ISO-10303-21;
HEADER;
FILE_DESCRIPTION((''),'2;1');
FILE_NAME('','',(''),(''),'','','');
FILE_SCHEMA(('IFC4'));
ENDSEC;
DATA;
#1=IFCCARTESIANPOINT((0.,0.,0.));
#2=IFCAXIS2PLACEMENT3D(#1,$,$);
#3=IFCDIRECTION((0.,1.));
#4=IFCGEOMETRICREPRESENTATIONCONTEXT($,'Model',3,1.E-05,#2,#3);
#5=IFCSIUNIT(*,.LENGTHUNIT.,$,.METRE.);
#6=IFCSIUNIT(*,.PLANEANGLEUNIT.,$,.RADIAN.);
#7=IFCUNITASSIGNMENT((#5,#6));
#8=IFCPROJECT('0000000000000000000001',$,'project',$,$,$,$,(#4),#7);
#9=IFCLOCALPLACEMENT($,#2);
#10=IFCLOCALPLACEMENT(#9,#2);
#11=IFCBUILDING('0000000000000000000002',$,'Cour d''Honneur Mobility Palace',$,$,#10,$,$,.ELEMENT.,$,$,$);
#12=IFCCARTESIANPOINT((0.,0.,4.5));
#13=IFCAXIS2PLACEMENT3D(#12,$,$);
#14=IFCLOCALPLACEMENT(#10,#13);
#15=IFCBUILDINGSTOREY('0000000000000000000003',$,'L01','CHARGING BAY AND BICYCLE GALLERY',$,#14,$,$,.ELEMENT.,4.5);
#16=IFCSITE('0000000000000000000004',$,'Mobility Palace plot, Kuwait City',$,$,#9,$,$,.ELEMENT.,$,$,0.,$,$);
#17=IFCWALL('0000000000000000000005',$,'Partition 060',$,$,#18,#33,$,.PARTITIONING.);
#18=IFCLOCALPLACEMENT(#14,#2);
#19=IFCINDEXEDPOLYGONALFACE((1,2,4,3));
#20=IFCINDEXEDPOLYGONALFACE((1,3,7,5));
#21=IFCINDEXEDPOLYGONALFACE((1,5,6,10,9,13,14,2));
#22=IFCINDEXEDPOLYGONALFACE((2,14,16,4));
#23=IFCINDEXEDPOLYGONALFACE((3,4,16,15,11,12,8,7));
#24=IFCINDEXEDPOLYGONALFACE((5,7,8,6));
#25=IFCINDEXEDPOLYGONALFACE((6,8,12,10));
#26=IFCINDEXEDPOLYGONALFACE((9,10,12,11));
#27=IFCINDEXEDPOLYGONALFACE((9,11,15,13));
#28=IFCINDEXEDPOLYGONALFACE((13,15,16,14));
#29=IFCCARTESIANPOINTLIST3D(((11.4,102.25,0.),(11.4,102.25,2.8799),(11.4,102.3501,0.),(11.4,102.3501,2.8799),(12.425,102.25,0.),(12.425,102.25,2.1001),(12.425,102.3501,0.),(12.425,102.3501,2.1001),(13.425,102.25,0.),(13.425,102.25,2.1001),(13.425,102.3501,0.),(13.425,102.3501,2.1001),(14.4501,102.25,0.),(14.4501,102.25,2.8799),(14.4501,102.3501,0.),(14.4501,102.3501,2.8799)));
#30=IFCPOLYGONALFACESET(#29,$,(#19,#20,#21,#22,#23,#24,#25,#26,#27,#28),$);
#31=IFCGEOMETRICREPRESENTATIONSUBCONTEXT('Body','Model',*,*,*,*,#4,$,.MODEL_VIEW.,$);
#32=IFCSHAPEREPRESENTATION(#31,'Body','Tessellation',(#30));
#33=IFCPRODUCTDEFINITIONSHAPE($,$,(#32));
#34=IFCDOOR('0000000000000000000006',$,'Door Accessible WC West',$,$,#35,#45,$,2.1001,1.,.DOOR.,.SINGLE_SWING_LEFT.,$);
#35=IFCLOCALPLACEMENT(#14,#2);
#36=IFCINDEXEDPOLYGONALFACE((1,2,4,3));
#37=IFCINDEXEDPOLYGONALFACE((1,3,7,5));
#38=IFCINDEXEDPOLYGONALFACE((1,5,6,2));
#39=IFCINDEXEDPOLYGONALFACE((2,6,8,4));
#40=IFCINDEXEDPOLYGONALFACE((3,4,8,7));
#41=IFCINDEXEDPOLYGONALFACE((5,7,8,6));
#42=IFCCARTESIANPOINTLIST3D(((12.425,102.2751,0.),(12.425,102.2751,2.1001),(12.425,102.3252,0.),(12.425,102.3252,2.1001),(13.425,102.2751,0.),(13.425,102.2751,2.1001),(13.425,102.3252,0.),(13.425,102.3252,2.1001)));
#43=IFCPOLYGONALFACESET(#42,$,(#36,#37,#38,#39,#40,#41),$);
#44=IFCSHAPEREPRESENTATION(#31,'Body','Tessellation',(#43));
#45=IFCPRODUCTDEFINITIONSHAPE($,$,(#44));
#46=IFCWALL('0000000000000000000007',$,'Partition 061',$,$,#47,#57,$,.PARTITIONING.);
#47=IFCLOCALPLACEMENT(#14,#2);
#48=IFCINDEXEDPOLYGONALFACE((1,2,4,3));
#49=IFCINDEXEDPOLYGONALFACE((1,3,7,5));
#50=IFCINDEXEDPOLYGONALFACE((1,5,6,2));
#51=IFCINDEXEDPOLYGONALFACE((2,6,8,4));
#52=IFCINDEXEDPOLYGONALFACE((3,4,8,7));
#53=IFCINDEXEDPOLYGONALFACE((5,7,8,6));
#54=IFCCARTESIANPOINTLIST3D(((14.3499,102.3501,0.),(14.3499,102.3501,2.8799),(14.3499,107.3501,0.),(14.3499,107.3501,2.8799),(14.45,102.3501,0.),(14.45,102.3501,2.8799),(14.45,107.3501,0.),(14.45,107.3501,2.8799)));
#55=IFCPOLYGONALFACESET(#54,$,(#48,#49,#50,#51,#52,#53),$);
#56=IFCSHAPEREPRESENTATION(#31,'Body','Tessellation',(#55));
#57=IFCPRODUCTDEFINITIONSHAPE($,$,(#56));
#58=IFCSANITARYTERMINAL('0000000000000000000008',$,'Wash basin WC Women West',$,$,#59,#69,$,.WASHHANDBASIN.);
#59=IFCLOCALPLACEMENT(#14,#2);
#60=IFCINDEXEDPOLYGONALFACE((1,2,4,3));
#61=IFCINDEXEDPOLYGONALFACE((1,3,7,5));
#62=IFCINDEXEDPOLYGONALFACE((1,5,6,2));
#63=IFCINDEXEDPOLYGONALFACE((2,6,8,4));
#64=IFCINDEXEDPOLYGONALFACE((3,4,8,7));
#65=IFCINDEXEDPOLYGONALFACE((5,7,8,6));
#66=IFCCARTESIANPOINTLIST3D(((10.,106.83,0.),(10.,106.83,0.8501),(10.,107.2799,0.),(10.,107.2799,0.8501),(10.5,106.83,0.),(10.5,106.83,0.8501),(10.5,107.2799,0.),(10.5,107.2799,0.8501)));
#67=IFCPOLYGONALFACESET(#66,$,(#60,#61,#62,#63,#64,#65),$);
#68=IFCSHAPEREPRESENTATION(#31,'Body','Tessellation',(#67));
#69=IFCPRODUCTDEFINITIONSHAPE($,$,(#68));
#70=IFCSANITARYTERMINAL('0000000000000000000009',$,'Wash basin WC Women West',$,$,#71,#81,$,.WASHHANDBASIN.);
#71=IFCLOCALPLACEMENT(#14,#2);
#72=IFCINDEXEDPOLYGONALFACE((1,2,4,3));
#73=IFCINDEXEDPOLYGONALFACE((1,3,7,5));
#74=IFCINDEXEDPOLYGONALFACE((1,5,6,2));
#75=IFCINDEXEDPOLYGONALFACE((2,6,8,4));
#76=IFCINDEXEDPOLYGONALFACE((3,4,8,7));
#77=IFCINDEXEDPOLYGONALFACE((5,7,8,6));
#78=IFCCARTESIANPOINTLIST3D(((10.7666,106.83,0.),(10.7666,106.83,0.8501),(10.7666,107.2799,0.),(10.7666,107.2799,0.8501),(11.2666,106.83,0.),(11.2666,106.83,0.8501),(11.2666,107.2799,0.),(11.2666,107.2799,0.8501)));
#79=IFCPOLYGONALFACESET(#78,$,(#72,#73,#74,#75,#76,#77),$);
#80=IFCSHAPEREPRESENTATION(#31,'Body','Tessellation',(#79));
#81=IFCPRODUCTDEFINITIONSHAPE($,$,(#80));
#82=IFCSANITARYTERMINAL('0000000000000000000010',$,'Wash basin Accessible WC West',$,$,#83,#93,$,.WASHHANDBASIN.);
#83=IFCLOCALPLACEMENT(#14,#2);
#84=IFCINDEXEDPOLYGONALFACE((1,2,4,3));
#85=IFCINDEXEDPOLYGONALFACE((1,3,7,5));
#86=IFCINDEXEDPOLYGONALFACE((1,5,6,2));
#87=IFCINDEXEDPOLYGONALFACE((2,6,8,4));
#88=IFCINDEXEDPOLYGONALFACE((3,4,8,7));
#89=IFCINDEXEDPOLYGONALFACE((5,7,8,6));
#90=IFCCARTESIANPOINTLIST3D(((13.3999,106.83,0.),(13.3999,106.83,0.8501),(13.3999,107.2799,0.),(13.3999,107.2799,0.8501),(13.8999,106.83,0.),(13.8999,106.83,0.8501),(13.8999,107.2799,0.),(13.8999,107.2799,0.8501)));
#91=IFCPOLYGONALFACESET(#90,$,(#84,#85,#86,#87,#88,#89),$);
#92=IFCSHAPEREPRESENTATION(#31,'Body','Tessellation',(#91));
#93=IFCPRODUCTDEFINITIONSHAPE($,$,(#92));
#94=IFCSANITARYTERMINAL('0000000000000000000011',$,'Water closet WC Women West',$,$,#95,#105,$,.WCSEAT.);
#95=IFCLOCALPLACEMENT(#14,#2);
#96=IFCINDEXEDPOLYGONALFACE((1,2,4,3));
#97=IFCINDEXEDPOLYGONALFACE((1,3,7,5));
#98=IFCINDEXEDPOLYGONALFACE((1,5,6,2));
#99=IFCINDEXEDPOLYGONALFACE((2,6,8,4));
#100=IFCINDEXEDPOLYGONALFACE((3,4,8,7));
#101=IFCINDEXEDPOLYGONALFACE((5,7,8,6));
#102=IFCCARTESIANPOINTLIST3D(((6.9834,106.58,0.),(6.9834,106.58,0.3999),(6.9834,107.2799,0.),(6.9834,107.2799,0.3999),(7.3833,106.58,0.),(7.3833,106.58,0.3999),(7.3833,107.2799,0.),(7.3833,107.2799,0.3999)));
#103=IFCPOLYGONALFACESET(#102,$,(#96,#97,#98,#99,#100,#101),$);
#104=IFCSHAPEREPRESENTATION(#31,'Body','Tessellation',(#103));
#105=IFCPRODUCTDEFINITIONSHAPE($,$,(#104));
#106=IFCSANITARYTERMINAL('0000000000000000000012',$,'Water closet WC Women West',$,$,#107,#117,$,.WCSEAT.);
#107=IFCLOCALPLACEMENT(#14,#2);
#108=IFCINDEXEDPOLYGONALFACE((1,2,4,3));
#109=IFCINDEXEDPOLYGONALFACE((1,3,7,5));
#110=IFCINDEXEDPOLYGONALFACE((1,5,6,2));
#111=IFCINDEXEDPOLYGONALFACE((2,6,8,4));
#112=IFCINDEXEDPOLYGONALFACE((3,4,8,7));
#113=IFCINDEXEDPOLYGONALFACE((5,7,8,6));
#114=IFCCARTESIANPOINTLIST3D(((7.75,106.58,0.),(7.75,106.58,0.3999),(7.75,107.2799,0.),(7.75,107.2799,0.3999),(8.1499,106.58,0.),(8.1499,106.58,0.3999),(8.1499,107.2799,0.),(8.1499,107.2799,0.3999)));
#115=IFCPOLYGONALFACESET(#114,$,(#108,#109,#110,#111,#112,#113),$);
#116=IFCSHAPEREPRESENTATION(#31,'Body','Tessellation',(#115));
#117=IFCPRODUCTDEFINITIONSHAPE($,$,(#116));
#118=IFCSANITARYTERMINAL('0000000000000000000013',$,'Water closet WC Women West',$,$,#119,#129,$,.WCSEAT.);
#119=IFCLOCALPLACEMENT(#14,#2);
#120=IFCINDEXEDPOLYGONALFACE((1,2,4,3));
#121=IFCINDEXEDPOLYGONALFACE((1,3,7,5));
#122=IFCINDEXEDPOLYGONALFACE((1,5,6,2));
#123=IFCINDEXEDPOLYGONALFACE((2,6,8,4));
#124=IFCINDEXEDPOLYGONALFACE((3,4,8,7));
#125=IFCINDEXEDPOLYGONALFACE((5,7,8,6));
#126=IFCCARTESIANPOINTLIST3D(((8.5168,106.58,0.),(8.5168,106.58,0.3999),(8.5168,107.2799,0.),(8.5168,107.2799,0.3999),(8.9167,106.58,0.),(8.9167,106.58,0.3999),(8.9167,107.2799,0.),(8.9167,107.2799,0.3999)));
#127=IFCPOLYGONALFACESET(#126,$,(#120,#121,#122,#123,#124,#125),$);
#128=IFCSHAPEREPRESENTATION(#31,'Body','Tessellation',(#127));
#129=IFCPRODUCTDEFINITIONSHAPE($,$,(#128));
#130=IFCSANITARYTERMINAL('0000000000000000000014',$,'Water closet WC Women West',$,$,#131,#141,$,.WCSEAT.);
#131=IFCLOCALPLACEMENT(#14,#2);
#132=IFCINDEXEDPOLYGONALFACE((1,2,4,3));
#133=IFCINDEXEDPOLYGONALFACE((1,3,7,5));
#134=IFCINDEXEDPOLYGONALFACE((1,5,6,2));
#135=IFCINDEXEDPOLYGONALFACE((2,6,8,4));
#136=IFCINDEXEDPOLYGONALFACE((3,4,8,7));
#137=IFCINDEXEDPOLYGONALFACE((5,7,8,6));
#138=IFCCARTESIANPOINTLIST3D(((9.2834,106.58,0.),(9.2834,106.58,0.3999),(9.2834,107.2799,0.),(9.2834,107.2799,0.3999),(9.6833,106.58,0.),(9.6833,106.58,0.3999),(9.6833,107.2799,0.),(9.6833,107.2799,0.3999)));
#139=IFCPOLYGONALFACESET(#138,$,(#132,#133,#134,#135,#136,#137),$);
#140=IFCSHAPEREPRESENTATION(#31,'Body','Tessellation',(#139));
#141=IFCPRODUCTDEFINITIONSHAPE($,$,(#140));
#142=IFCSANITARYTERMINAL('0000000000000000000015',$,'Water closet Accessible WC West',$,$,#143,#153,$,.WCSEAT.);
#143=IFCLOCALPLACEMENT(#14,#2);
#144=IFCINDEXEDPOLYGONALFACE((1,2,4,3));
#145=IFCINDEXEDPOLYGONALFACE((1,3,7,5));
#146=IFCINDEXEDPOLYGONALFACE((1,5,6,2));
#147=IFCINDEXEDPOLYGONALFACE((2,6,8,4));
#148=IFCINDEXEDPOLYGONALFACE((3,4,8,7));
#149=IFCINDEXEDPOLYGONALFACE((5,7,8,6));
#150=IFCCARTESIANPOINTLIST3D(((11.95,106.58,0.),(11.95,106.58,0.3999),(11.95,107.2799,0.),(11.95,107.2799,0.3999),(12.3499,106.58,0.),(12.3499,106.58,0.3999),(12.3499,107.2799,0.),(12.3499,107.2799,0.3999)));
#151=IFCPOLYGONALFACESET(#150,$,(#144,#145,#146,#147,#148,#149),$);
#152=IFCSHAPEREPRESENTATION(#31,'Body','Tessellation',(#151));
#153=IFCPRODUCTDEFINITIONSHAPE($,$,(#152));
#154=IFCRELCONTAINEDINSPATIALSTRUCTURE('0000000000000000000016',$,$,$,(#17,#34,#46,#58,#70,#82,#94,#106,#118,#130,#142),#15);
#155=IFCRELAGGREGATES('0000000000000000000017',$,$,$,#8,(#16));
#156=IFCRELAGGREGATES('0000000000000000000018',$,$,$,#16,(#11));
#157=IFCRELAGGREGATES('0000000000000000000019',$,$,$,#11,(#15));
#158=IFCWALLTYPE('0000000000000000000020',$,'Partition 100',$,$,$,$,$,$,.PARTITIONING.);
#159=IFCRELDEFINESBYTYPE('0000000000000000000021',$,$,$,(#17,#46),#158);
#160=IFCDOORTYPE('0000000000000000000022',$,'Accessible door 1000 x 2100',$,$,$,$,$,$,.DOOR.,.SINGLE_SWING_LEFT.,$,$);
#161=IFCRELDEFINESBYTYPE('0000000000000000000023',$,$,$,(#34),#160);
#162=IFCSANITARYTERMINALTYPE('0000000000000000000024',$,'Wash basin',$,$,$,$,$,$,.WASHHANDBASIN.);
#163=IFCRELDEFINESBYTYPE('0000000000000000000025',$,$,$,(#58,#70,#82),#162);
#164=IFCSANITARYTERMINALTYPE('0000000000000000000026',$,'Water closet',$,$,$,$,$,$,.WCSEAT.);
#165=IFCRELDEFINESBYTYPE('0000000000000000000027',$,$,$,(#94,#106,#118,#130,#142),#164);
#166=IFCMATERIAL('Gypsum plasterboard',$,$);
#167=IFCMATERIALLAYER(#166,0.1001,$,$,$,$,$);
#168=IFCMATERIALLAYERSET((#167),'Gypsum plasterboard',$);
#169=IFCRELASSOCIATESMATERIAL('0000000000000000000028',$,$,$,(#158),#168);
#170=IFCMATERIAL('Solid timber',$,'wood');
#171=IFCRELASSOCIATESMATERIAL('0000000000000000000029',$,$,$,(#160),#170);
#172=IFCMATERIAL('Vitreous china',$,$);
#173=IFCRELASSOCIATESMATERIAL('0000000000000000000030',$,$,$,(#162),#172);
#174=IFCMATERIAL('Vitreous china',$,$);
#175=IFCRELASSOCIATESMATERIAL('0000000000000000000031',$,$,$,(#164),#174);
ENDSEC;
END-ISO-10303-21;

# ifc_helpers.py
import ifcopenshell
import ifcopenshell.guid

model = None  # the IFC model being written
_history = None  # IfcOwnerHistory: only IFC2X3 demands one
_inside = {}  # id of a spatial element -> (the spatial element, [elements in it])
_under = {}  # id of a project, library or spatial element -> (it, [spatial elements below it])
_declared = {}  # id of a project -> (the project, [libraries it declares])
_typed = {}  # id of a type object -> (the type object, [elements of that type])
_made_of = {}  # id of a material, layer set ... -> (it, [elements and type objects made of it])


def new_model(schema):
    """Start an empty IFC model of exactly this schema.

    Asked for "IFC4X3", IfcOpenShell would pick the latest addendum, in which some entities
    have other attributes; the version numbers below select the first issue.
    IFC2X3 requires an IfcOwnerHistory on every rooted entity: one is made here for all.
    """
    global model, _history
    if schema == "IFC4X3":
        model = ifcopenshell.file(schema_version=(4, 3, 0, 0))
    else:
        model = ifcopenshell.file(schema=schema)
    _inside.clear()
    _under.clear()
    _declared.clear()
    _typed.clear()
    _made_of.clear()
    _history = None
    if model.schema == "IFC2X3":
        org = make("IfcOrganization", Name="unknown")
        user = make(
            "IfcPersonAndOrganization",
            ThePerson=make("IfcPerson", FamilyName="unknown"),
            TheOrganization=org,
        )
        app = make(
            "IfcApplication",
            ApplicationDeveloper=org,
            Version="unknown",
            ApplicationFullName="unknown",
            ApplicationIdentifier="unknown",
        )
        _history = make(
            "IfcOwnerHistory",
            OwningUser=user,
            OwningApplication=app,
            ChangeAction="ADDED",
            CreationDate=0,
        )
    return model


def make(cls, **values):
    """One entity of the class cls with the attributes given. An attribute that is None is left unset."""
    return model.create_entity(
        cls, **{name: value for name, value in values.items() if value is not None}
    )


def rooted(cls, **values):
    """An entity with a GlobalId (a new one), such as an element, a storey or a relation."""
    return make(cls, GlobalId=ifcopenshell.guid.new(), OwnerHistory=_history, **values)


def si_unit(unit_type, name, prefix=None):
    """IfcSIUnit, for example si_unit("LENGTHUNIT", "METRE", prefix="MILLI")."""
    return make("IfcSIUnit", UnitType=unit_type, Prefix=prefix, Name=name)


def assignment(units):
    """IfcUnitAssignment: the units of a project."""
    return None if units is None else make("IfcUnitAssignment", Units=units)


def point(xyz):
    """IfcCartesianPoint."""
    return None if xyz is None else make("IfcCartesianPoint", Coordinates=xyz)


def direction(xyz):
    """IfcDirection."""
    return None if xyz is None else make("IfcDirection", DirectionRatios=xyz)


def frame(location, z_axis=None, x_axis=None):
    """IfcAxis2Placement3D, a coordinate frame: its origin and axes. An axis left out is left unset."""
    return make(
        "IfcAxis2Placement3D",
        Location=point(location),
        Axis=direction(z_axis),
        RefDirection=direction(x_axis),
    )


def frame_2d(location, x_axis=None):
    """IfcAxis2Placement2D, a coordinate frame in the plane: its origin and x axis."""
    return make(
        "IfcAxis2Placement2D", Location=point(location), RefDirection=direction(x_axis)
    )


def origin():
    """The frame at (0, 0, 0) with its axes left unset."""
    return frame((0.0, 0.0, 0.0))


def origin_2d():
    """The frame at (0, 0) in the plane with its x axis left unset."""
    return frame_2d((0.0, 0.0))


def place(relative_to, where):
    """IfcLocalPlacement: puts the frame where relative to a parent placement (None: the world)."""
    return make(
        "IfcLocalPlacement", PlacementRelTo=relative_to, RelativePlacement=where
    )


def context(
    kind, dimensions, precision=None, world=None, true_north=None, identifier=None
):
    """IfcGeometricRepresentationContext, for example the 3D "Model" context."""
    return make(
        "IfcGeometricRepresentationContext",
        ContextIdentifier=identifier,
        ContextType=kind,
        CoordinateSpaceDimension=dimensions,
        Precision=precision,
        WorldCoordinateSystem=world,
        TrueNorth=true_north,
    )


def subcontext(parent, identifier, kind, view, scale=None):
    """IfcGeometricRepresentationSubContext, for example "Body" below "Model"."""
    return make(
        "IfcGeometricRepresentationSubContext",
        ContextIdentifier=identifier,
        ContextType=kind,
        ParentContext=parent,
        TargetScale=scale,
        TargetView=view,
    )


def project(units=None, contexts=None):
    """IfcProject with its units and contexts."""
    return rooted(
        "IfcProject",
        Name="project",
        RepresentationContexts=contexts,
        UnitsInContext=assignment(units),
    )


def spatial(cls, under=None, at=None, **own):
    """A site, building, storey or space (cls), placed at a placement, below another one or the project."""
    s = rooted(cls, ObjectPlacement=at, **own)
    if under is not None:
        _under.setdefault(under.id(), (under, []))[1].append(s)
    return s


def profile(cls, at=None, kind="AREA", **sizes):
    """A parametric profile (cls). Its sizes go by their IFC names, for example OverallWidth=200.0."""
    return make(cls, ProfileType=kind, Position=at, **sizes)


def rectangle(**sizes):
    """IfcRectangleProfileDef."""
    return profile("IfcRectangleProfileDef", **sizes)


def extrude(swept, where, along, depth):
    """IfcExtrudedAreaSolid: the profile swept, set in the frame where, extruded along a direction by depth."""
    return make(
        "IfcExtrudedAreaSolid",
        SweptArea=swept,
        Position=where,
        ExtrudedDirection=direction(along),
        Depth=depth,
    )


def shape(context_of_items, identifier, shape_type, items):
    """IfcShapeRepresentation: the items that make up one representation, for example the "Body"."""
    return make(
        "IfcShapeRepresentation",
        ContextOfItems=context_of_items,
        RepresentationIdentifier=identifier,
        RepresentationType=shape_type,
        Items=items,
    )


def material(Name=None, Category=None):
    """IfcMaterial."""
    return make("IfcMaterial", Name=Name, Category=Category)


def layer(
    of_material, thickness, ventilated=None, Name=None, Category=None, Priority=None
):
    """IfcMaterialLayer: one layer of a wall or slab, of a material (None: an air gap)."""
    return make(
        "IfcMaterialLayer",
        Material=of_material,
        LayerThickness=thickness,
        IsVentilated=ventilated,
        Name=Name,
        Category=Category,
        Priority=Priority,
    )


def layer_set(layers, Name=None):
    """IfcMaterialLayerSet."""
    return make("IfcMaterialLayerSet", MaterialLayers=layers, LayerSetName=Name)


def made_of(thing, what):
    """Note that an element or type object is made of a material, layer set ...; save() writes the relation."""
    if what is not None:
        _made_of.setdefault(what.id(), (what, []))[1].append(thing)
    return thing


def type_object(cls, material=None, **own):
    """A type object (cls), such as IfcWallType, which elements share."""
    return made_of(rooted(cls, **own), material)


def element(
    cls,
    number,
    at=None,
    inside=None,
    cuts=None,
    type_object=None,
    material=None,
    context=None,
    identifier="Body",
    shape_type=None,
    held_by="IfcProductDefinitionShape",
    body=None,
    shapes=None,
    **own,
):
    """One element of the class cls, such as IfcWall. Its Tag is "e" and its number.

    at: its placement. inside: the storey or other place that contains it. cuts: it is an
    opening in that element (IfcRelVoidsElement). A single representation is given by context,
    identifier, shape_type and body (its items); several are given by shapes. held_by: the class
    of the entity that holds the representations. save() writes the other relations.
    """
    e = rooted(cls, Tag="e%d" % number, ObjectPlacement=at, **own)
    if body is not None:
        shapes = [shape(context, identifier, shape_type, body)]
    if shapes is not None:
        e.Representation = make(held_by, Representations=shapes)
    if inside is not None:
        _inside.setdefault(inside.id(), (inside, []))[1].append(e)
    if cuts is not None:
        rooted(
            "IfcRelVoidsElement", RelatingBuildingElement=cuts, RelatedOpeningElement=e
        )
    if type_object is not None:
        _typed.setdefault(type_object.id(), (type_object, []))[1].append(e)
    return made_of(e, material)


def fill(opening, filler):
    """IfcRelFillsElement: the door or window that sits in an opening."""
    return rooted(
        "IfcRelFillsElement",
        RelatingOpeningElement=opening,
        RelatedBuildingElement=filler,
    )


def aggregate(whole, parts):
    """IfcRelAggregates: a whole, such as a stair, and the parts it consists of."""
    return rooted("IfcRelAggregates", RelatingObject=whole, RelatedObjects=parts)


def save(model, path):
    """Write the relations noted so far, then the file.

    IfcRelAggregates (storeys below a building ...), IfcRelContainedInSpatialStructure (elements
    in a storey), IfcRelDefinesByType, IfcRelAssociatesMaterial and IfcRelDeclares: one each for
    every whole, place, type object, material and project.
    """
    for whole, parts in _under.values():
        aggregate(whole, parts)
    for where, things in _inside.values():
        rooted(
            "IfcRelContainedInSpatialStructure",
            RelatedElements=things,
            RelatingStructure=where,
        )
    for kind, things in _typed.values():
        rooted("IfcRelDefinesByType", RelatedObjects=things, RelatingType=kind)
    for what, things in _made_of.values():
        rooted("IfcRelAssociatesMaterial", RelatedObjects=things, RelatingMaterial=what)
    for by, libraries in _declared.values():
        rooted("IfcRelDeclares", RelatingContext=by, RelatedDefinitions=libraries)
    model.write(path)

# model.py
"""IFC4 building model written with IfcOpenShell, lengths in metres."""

from ifc_helpers import new_model, si_unit, direction, frame, frame_2d, origin, origin_2d, place, context, subcontext, project, spatial, rectangle, extrude, material, layer, layer_set, type_object, element, fill, save


model = new_model("IFC4")

# Units and contexts
model_context = context("Model", 3, precision=1e-05, world=origin(), true_north=direction((0.0, 1.0)))
body_context = subcontext(model_context, "Body", "Model", "MODEL_VIEW")
ifc_project = project(units=[si_unit("LENGTHUNIT", "METRE"), si_unit("PLANEANGLEUNIT", "RADIAN")], contexts=[model_context])

# Site, building, storey
site_placement = place(None, origin())
site = spatial("IfcSite", under=ifc_project, at=site_placement, Name="Mobility Palace plot, Kuwait City", CompositionType="ELEMENT", RefElevation=0.0)
building_placement = place(site_placement, origin())
building = spatial("IfcBuilding", under=site, at=building_placement, Name="Cour d'Honneur Mobility Palace", CompositionType="ELEMENT")
storey_placement = place(building_placement, frame((0.0, 0.0, 4.5)))
storey = spatial("IfcBuildingStorey", under=building, at=storey_placement, Name="L01", Description="CHARGING BAY AND BICYCLE GALLERY", CompositionType="ELEMENT", Elevation=4.5)

# Shared definitions
ifc_material_1 = material(Name="Gypsum plasterboard")
ifc_layer_1 = layer(ifc_material_1, 0.1001)
ifc_layer_set_1 = layer_set([ifc_layer_1], Name="Gypsum plasterboard")
wall_type = type_object("IfcWallType", Name="Partition 100", PredefinedType="PARTITIONING", material=ifc_layer_set_1)

# Wall, opening, door
wall_1_placement = place(storey_placement, frame((14.45, 102.3, 0.0), z_axis=(0.0, 0.0, 1.0), x_axis=(-1.0, 0.0, 0.0)))
wall_1 = element("IfcWall", 1, at=wall_1_placement, inside=storey, type_object=wall_type, Name="Partition 060", PredefinedType="PARTITIONING", context=body_context, shape_type="SweptSolid", body=[
    extrude(rectangle(XDim=3.05, YDim=0.1001, at=frame_2d((1.5249, 0.0))), origin(), (0.0, 0.0, 1.0), 2.8799),
])
opening_1_placement = place(wall_1_placement, frame((1.0249, 0.0, 0.0)))
opening_1 = element("IfcOpeningElement", 2, at=opening_1_placement, cuts=wall_1, PredefinedType="OPENING", context=body_context, shape_type="SweptSolid", body=[
    extrude(rectangle(XDim=1.0, YDim=2.1001, at=frame_2d((0.5, 1.05))), frame((0.0, 0.0601, 0.0), z_axis=(0.0, -1.0, 0.0), x_axis=(1.0, 0.0, 0.0)), (0.0, 0.0, 1.0), 0.1201),
])
ifc_material_2 = material(Name="Solid timber", Category="wood")
door_type_1 = type_object("IfcDoorType", Name="Accessible door 1000 x 2100", OperationType="SINGLE_SWING_LEFT", PredefinedType="DOOR", material=ifc_material_2)
door_1_placement = place(opening_1_placement, origin())
door_1 = element("IfcDoor", 3, at=door_1_placement, inside=storey, type_object=door_type_1, Name="Door Accessible WC West", OperationType="SINGLE_SWING_LEFT", OverallHeight=2.1001, OverallWidth=1.0, PredefinedType="DOOR", context=body_context, shape_type="SweptSolid", body=[
    extrude(rectangle(XDim=1.0, YDim=2.1001, at=frame_2d((0.5, 1.05))), frame((0.0, 0.0249, 0.0), z_axis=(0.0, -1.0, 0.0), x_axis=(1.0, 0.0, 0.0)), (0.0, 0.0, 1.0), 0.05),
])
fill(opening_1, door_1)

# Wall
wall_2_placement = place(storey_placement, frame((14.3999, 102.3501, 0.0), z_axis=(0.0, 0.0, 1.0), x_axis=(0.0, 1.0, 0.0)))
element("IfcWall", 4, at=wall_2_placement, inside=storey, type_object=wall_type, Name="Partition 061", PredefinedType="PARTITIONING", context=body_context, shape_type="SweptSolid", body=[
    extrude(rectangle(XDim=5.0, YDim=0.1001, at=frame_2d((2.5, 0.0))), origin(), (0.0, 0.0, 1.0), 2.8799),
])

# Sanitary terminals
ifc_material_3 = material(Name="Vitreous china")
sanitary_terminal_type_1 = type_object("IfcSanitaryTerminalType", Name="Wash basin", PredefinedType="WASHHANDBASIN", material=ifc_material_3)
for number, where, z_axis, x_axis, name in (
    (5, (10.25, 107.0549, 0.0), (0.0, 0.0, 1.0), (1.0, 0.0, 0.0), "Wash basin WC Women West"),
    (6, (11.0166, 107.0549, 0.0), (0.0, 0.0, 1.0), (1.0, 0.0, 0.0), "Wash basin WC Women West"),
    (7, (13.6499, 107.0549, 0.0), (0.0, 0.0, 1.0), (1.0, 0.0, 0.0), "Wash basin Accessible WC West"),
):
    element("IfcSanitaryTerminal", number, at=place(storey_placement, frame(where, z_axis=z_axis, x_axis=x_axis)), inside=storey, type_object=sanitary_terminal_type_1, Name=name, PredefinedType="WASHHANDBASIN", context=body_context, shape_type="SweptSolid", body=[
        extrude(rectangle(XDim=0.5, YDim=0.45, at=origin_2d()), origin(), (0.0, 0.0, 1.0), 0.8501),
    ])
ifc_material_4 = material(Name="Vitreous china")
sanitary_terminal_type_2 = type_object("IfcSanitaryTerminalType", Name="Water closet", PredefinedType="WCSEAT", material=ifc_material_4)
for number, where, z_axis, x_axis, name in (
    (8, (7.1833, 106.9299, 0.0), (0.0, 0.0, 1.0), (1.0, 0.0, 0.0), "Water closet WC Women West"),
    (9, (7.95, 106.9299, 0.0), (0.0, 0.0, 1.0), (1.0, 0.0, 0.0), "Water closet WC Women West"),
    (10, (8.7168, 106.9299, 0.0), (0.0, 0.0, 1.0), (1.0, 0.0, 0.0), "Water closet WC Women West"),
    (11, (9.4834, 106.9299, 0.0), (0.0, 0.0, 1.0), (1.0, 0.0, 0.0), "Water closet WC Women West"),
    (12, (12.1499, 106.9299, 0.0), (0.0, 0.0, 1.0), (1.0, 0.0, 0.0), "Water closet Accessible WC West"),
):
    element("IfcSanitaryTerminal", number, at=place(storey_placement, frame(where, z_axis=z_axis, x_axis=x_axis)), inside=storey, type_object=sanitary_terminal_type_2, Name=name, PredefinedType="WCSEAT", context=body_context, shape_type="SweptSolid", body=[
        extrude(rectangle(XDim=0.3999, YDim=0.7, at=origin_2d()), origin(), (0.0, 0.0, 1.0), 0.3999),
    ])

save(model, "model.ifc")
